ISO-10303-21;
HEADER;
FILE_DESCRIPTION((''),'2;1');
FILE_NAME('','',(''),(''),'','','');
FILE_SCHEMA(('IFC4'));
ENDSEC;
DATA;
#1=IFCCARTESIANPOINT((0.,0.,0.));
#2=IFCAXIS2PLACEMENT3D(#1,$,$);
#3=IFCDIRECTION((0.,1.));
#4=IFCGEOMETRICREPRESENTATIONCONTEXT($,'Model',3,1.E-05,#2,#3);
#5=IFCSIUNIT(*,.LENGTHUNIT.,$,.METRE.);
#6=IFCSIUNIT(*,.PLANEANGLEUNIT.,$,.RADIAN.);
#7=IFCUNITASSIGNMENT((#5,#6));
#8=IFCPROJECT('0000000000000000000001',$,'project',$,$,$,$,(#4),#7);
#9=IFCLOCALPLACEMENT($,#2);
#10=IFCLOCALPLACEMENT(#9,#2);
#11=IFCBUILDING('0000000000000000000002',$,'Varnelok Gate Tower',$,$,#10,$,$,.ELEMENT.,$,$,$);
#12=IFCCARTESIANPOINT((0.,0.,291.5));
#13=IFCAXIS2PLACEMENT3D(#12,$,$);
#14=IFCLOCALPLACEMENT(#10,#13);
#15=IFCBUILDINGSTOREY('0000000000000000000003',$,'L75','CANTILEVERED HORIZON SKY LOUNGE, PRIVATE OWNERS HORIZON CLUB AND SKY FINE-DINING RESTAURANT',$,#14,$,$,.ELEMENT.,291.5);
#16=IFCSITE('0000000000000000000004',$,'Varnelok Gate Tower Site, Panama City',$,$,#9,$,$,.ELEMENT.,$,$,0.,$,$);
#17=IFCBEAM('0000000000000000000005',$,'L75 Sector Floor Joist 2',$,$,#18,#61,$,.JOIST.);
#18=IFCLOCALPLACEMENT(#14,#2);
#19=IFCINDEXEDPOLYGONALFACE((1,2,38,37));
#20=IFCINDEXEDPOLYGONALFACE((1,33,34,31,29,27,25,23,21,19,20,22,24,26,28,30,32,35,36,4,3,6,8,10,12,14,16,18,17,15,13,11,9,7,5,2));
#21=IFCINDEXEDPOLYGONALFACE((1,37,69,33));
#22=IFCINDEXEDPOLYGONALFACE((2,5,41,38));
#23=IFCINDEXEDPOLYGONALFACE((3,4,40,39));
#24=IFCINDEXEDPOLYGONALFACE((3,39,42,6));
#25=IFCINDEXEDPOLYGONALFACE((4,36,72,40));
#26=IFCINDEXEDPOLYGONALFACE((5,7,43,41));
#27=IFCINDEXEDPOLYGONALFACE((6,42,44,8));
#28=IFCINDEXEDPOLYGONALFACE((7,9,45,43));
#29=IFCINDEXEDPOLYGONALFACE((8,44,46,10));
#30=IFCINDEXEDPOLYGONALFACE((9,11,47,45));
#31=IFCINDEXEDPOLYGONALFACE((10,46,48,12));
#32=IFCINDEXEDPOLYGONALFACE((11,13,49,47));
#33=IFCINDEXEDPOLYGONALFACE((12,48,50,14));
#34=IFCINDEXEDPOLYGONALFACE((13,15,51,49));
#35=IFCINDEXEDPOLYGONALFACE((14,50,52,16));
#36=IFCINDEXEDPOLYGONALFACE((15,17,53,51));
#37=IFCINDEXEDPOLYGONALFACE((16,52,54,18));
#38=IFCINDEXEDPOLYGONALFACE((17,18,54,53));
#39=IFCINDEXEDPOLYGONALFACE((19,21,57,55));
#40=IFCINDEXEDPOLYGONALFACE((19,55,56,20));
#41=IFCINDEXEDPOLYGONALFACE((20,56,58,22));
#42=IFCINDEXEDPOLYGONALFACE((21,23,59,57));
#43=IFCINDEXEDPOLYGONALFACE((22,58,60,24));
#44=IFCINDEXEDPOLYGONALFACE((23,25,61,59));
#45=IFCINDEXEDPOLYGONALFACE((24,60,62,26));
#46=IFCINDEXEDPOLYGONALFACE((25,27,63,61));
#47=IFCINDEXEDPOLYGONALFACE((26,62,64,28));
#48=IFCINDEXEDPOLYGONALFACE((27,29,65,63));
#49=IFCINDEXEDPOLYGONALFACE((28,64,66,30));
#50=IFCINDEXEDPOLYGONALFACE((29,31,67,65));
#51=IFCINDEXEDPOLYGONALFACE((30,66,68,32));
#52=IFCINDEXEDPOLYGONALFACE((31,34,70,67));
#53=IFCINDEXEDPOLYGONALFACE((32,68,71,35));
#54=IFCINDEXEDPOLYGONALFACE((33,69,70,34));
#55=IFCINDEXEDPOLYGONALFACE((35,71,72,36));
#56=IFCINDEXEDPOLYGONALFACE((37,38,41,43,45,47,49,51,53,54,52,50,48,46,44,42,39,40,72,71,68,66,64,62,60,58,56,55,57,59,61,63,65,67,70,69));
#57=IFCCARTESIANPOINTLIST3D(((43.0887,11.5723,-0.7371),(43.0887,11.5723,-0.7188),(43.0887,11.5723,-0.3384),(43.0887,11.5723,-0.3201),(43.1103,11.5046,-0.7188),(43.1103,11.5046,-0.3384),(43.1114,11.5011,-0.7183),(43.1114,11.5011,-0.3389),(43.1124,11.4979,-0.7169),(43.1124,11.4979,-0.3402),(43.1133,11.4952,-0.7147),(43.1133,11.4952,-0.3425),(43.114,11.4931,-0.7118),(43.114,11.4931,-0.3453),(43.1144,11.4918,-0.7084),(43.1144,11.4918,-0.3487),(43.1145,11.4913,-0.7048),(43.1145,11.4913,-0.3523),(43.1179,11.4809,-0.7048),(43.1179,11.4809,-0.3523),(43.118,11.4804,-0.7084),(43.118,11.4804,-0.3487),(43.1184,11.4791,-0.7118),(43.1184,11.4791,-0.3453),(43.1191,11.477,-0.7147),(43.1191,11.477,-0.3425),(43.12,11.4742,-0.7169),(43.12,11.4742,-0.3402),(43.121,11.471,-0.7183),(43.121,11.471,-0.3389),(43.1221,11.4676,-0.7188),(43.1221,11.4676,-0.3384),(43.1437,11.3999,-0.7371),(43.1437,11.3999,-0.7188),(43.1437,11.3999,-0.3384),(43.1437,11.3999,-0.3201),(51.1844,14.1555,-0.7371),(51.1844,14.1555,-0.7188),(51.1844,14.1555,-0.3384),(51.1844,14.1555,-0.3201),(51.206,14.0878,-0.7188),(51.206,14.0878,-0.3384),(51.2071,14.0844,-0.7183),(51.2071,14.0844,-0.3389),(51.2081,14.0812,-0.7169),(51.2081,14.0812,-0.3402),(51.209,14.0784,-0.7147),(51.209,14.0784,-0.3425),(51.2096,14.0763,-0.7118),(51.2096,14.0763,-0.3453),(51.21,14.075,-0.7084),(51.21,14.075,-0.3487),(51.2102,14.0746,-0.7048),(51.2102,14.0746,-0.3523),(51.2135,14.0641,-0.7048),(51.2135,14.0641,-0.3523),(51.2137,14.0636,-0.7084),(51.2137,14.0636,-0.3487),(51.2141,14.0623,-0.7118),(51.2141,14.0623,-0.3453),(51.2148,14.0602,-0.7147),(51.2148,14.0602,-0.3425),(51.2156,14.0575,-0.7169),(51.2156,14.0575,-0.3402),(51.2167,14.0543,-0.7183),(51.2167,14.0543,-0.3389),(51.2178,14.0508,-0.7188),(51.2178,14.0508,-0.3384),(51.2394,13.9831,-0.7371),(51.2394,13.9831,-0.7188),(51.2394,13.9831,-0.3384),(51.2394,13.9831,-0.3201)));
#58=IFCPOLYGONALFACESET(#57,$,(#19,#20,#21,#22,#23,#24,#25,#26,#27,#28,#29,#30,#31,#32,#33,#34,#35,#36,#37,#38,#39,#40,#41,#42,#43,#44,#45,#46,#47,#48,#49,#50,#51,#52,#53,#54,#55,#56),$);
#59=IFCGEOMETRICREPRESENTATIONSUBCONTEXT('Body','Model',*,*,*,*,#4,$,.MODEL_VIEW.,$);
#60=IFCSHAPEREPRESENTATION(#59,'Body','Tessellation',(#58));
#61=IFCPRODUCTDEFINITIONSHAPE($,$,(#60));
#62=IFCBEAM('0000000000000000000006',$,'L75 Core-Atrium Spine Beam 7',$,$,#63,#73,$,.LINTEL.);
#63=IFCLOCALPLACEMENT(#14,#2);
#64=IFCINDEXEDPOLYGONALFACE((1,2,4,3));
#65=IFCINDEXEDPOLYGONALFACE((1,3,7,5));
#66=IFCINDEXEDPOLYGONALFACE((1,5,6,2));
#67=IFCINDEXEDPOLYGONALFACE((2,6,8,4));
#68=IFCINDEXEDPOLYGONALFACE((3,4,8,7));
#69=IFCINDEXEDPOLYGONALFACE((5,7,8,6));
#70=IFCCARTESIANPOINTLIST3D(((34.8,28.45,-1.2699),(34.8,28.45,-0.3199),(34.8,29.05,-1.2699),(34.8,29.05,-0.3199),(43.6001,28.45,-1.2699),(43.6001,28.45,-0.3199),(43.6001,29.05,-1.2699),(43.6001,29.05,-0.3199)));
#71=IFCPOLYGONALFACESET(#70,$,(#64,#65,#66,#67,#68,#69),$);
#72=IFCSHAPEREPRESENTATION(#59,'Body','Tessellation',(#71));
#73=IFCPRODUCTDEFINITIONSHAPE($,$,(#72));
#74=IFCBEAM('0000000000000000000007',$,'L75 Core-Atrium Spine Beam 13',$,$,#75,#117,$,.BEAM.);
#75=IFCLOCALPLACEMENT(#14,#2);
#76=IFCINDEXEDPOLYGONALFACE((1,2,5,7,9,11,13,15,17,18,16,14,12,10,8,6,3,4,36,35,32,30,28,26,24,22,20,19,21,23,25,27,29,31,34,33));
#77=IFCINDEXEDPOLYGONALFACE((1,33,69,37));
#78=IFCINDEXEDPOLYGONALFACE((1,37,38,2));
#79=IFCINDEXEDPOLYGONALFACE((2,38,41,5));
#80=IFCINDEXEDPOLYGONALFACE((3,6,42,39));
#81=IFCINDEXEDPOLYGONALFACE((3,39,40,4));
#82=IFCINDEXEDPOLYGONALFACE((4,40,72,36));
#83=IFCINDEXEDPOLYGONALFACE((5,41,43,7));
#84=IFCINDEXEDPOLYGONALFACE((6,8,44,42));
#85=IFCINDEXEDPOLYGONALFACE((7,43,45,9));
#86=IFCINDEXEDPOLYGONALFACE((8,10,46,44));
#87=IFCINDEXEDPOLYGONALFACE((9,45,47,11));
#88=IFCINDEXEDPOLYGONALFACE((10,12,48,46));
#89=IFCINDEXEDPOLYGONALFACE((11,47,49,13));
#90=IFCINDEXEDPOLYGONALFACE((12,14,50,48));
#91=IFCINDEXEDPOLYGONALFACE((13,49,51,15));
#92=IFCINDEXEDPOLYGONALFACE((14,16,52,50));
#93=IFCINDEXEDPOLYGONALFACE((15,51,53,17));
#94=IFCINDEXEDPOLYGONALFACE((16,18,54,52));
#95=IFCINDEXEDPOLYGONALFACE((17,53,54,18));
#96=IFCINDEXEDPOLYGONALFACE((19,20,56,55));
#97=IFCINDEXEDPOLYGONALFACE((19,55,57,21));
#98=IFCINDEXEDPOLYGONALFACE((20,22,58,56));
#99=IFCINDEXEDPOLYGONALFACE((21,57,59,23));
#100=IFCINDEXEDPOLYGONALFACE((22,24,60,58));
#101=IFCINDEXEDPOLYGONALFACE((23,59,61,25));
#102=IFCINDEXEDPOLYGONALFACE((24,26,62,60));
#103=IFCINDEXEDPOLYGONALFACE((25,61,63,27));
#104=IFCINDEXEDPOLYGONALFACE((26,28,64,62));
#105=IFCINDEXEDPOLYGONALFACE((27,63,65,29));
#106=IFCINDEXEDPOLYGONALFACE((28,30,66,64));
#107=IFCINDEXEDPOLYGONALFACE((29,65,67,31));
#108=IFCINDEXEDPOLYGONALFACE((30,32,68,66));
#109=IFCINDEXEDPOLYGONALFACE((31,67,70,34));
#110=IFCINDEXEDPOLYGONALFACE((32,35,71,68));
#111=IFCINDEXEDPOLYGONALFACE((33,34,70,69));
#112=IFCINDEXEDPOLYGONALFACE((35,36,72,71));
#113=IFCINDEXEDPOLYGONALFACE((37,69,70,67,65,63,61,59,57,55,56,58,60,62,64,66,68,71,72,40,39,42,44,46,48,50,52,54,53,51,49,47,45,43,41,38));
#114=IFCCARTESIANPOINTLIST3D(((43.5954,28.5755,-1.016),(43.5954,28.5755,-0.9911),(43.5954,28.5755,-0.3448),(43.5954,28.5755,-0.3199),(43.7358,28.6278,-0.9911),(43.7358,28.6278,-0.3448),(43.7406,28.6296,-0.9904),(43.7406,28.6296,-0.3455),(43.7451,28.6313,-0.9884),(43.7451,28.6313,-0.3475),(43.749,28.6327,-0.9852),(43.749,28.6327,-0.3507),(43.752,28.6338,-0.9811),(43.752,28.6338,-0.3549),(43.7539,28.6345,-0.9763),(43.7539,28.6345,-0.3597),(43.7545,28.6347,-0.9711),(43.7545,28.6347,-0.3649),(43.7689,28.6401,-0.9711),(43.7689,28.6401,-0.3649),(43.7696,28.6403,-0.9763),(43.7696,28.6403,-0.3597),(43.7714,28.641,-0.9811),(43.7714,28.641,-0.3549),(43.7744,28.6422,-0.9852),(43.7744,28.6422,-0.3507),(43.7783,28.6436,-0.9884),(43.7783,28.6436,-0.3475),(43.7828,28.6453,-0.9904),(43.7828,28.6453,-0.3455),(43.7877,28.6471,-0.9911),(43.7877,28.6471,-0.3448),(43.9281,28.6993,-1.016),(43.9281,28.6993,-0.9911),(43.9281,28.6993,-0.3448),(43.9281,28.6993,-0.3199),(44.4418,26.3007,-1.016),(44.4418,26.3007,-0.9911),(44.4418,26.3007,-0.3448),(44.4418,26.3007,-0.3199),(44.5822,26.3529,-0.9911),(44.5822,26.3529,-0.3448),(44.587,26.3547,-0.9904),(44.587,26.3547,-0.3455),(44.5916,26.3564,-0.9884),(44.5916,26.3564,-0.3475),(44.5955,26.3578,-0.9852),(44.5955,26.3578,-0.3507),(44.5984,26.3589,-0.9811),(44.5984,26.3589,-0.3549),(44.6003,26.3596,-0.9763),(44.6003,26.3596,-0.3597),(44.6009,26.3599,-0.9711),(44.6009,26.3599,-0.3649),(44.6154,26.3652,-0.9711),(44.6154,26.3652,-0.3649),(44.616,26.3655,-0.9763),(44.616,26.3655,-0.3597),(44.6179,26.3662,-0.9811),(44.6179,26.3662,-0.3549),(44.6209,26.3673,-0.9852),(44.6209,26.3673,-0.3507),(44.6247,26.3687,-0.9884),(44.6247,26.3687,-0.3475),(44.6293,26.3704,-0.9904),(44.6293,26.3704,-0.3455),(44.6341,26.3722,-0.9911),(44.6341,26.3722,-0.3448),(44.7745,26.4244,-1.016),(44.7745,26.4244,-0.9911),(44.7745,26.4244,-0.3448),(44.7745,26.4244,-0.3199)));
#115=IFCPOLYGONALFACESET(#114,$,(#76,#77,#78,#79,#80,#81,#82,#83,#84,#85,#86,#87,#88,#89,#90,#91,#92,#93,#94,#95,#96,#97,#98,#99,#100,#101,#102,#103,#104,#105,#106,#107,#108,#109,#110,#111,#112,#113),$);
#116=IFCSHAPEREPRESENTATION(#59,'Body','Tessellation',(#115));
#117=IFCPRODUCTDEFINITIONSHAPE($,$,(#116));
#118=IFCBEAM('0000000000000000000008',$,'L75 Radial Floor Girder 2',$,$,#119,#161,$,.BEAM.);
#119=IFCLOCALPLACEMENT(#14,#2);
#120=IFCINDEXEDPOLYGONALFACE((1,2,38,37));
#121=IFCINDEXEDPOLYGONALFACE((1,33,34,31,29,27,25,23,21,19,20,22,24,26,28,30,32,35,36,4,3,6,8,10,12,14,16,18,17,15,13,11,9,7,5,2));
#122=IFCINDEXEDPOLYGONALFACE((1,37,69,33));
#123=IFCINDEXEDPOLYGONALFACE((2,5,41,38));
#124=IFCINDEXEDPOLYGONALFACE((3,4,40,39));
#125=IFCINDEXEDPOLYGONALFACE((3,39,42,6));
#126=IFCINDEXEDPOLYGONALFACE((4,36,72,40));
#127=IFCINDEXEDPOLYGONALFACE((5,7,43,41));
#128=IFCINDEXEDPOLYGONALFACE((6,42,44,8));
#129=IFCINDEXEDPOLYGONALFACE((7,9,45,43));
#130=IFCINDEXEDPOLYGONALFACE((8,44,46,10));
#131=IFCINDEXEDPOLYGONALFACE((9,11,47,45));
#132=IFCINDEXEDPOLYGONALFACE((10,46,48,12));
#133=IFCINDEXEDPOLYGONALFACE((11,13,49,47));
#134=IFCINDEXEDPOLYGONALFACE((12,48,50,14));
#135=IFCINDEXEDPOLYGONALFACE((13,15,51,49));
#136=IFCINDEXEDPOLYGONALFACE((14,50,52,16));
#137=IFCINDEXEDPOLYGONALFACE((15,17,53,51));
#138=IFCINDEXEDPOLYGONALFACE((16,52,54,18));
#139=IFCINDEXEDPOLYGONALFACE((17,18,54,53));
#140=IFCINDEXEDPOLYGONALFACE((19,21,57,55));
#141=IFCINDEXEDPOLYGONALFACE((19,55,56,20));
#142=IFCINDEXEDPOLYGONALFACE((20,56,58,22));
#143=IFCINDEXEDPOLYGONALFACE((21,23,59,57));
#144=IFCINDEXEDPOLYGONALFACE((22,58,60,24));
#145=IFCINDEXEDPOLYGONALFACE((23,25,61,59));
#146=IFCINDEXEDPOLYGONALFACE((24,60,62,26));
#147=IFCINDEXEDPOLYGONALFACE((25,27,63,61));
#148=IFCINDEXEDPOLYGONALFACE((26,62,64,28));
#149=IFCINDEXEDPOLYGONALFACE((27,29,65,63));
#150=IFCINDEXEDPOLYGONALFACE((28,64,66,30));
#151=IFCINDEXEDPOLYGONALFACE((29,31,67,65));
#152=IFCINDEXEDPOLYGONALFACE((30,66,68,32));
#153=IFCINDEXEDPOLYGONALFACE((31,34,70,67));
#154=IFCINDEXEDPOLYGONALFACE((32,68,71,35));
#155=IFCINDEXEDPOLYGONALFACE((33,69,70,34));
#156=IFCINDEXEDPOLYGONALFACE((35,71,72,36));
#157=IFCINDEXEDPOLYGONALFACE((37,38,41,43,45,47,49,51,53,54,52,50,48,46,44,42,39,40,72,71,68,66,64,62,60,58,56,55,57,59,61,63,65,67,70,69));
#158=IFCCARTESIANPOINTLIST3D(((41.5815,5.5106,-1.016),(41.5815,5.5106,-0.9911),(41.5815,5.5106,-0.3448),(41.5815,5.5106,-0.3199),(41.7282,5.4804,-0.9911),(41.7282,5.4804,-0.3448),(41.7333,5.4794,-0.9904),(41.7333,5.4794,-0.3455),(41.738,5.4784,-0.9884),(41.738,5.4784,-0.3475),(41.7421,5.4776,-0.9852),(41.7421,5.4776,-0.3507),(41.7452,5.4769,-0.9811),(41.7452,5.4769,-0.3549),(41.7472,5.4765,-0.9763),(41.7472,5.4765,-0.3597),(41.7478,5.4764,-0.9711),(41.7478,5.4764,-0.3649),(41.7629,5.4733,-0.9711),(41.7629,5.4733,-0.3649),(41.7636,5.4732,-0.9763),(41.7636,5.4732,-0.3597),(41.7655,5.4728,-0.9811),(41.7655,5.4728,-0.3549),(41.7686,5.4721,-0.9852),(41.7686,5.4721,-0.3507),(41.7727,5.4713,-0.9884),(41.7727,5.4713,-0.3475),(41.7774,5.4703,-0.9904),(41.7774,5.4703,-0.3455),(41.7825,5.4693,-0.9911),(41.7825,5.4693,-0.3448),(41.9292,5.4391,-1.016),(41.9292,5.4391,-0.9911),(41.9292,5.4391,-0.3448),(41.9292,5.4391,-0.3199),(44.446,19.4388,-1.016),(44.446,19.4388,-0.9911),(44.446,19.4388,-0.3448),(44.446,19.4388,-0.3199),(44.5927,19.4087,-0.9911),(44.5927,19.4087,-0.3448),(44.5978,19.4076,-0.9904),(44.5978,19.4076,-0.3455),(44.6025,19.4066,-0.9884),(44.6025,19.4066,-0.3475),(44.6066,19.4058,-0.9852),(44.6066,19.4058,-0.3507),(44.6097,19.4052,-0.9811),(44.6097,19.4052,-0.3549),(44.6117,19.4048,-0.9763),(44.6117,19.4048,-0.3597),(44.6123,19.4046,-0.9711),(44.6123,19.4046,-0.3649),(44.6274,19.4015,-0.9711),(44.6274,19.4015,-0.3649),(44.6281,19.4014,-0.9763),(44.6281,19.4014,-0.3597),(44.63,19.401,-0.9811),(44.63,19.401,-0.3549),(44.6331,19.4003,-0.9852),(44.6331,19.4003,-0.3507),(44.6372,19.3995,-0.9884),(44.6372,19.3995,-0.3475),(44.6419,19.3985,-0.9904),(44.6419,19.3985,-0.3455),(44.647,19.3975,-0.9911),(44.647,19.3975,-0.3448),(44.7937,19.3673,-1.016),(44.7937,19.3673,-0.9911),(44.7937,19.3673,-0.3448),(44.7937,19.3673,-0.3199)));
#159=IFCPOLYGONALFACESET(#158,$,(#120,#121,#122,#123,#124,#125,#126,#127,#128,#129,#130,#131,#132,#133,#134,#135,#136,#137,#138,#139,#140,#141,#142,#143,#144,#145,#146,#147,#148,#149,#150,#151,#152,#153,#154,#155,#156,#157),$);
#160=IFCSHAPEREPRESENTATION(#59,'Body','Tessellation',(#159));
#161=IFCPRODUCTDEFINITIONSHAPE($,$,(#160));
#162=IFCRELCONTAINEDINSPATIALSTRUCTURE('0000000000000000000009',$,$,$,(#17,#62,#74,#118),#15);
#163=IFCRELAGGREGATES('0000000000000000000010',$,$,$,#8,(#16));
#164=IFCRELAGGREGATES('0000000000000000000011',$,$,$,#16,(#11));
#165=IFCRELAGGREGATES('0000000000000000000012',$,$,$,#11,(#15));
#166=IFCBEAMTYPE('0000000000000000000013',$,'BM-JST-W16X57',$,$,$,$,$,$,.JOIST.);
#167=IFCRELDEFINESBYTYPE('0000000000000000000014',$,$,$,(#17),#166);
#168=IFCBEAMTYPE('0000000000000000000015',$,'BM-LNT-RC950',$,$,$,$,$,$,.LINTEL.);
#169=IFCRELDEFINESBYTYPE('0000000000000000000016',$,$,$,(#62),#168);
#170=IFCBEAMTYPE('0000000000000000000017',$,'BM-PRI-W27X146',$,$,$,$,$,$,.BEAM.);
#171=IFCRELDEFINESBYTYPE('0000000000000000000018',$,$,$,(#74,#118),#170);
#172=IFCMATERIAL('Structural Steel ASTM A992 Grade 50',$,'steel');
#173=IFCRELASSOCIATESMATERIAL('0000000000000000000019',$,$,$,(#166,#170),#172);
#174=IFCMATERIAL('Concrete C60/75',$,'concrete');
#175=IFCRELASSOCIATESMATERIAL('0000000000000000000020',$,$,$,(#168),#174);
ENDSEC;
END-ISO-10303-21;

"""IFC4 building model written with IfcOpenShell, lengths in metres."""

from ifc_helpers import new_model, si_unit, direction, frame, origin, origin_2d, place, context, subcontext, project, spatial, rectangle, i_section, extrude, material, material_profile, profile_set, type_object, element, save


model = new_model("IFC4")

# Units and contexts
model_context = context("Model", 3, precision=1e-05, world=origin(), true_north=direction((0.0, 1.0)))
body_context = subcontext(model_context, "Body", "Model", "MODEL_VIEW")
ifc_project = project(units=[si_unit("LENGTHUNIT", "METRE"), si_unit("PLANEANGLEUNIT", "RADIAN")], contexts=[model_context])

# Site, building, storey
site_placement = place(None, origin())
site = spatial("IfcSite", under=ifc_project, at=site_placement, Name="Varnelok Gate Tower Site, Panama City", CompositionType="ELEMENT", RefElevation=0.0)
building_placement = place(site_placement, origin())
building = spatial("IfcBuilding", under=site, at=building_placement, Name="Varnelok Gate Tower", CompositionType="ELEMENT")
storey_placement = place(building_placement, frame((0.0, 0.0, 291.5)))
storey = spatial("IfcBuildingStorey", under=building, at=storey_placement, Name="L75", Description="CANTILEVERED HORIZON SKY LOUNGE, PRIVATE OWNERS HORIZON CLUB AND SKY FINE-DINING RESTAURANT", CompositionType="ELEMENT", Elevation=291.5)

# Shared definitions
ifc_material_1 = material(Name="Structural Steel ASTM A992 Grade 50", Category="steel")

# Beams
ifc_material_profile_1 = material_profile(ifc_material_1, i_section(OverallWidth=0.1809, OverallDepth=0.417, WebThickness=0.011, FlangeThickness=0.0183, FilletRadius=0.0139, at=origin_2d()), Name="W16X57")
ifc_profile_set_1 = profile_set([ifc_material_profile_1], Name="Structural Steel ASTM A992 Grade 50")
beam_type_1 = type_object("IfcBeamType", Name="BM-JST-W16X57", PredefinedType="JOIST", material=ifc_profile_set_1)
beam_1_placement = place(storey_placement, frame((43.1162, 11.4861, -0.5286), z_axis=(0.952676, 0.303989, 0.0), x_axis=(-0.303989, 0.952676, 0.0)))
element("IfcBeam", 1, at=beam_1_placement, inside=storey, type_object=beam_type_1, Name="L75 Sector Floor Joist 2", PredefinedType="JOIST", context=body_context, shape_type="SweptSolid", body=[
    extrude(i_section(OverallWidth=0.1809, OverallDepth=0.417, WebThickness=0.011, FlangeThickness=0.0183, FilletRadius=0.0139, at=origin_2d()), origin(), (0.0, 0.0, 1.0), 8.4978),
])
ifc_material_2 = material(Name="Concrete C60/75", Category="concrete")
ifc_material_profile_2 = material_profile(ifc_material_2, rectangle(XDim=0.6001, YDim=0.95, at=origin_2d()), Name="RC950X600")
ifc_profile_set_2 = profile_set([ifc_material_profile_2], Name="Concrete C60/75")
beam_type_2 = type_object("IfcBeamType", Name="BM-LNT-RC950", PredefinedType="LINTEL", material=ifc_profile_set_2)
beam_2_placement = place(storey_placement, frame((34.8, 28.75, -0.7949), z_axis=(1.0, 0.0, 0.0), x_axis=(0.0, 1.0, 0.0)))
element("IfcBeam", 2, at=beam_2_placement, inside=storey, type_object=beam_type_2, Name="L75 Core-Atrium Spine Beam 7", PredefinedType="LINTEL", context=body_context, shape_type="SweptSolid", body=[
    extrude(rectangle(XDim=0.6001, YDim=0.95, at=origin_2d()), origin(), (0.0, 0.0, 1.0), 8.8),
])
ifc_material_profile_3 = material_profile(ifc_material_1, i_section(OverallWidth=0.355, OverallDepth=0.696, WebThickness=0.0154, FlangeThickness=0.0249, FilletRadius=0.02, at=origin_2d()), Name="W27X146")
ifc_profile_set_3 = profile_set([ifc_material_profile_3], Name="Structural Steel ASTM A992 Grade 50")
beam_type_3 = type_object("IfcBeamType", Name="BM-PRI-W27X146", PredefinedType="BEAM", material=ifc_profile_set_3)
beam_3_placement = place(storey_placement, frame((44.6082, 26.3625, -0.668), z_axis=(-0.348719, 0.937227, 0.0), x_axis=(-0.937227, -0.348719, 0.0)))
element("IfcBeam", 3, at=beam_3_placement, inside=storey, type_object=beam_type_3, Name="L75 Core-Atrium Spine Beam 13", PredefinedType="BEAM", context=body_context, shape_type="SweptSolid", body=[
    extrude(i_section(OverallWidth=0.355, OverallDepth=0.696, WebThickness=0.0154, FlangeThickness=0.0249, FilletRadius=0.02, at=origin_2d()), origin(), (0.0, 0.0, 1.0), 2.4272),
])
beam_4_placement = place(storey_placement, frame((44.6199, 19.4031, -0.668), z_axis=(-0.201446, -0.9795, 0.0), x_axis=(0.9795, -0.201446, 0.0)))
element("IfcBeam", 4, at=beam_4_placement, inside=storey, type_object=beam_type_3, Name="L75 Radial Floor Girder 2", PredefinedType="BEAM", context=body_context, shape_type="SweptSolid", body=[
    extrude(i_section(OverallWidth=0.355, OverallDepth=0.696, WebThickness=0.0154, FlangeThickness=0.0249, FilletRadius=0.02, at=origin_2d()), origin(), (0.0, 0.0, 1.0), 14.2197),
])

save(model, "model.ifc")
